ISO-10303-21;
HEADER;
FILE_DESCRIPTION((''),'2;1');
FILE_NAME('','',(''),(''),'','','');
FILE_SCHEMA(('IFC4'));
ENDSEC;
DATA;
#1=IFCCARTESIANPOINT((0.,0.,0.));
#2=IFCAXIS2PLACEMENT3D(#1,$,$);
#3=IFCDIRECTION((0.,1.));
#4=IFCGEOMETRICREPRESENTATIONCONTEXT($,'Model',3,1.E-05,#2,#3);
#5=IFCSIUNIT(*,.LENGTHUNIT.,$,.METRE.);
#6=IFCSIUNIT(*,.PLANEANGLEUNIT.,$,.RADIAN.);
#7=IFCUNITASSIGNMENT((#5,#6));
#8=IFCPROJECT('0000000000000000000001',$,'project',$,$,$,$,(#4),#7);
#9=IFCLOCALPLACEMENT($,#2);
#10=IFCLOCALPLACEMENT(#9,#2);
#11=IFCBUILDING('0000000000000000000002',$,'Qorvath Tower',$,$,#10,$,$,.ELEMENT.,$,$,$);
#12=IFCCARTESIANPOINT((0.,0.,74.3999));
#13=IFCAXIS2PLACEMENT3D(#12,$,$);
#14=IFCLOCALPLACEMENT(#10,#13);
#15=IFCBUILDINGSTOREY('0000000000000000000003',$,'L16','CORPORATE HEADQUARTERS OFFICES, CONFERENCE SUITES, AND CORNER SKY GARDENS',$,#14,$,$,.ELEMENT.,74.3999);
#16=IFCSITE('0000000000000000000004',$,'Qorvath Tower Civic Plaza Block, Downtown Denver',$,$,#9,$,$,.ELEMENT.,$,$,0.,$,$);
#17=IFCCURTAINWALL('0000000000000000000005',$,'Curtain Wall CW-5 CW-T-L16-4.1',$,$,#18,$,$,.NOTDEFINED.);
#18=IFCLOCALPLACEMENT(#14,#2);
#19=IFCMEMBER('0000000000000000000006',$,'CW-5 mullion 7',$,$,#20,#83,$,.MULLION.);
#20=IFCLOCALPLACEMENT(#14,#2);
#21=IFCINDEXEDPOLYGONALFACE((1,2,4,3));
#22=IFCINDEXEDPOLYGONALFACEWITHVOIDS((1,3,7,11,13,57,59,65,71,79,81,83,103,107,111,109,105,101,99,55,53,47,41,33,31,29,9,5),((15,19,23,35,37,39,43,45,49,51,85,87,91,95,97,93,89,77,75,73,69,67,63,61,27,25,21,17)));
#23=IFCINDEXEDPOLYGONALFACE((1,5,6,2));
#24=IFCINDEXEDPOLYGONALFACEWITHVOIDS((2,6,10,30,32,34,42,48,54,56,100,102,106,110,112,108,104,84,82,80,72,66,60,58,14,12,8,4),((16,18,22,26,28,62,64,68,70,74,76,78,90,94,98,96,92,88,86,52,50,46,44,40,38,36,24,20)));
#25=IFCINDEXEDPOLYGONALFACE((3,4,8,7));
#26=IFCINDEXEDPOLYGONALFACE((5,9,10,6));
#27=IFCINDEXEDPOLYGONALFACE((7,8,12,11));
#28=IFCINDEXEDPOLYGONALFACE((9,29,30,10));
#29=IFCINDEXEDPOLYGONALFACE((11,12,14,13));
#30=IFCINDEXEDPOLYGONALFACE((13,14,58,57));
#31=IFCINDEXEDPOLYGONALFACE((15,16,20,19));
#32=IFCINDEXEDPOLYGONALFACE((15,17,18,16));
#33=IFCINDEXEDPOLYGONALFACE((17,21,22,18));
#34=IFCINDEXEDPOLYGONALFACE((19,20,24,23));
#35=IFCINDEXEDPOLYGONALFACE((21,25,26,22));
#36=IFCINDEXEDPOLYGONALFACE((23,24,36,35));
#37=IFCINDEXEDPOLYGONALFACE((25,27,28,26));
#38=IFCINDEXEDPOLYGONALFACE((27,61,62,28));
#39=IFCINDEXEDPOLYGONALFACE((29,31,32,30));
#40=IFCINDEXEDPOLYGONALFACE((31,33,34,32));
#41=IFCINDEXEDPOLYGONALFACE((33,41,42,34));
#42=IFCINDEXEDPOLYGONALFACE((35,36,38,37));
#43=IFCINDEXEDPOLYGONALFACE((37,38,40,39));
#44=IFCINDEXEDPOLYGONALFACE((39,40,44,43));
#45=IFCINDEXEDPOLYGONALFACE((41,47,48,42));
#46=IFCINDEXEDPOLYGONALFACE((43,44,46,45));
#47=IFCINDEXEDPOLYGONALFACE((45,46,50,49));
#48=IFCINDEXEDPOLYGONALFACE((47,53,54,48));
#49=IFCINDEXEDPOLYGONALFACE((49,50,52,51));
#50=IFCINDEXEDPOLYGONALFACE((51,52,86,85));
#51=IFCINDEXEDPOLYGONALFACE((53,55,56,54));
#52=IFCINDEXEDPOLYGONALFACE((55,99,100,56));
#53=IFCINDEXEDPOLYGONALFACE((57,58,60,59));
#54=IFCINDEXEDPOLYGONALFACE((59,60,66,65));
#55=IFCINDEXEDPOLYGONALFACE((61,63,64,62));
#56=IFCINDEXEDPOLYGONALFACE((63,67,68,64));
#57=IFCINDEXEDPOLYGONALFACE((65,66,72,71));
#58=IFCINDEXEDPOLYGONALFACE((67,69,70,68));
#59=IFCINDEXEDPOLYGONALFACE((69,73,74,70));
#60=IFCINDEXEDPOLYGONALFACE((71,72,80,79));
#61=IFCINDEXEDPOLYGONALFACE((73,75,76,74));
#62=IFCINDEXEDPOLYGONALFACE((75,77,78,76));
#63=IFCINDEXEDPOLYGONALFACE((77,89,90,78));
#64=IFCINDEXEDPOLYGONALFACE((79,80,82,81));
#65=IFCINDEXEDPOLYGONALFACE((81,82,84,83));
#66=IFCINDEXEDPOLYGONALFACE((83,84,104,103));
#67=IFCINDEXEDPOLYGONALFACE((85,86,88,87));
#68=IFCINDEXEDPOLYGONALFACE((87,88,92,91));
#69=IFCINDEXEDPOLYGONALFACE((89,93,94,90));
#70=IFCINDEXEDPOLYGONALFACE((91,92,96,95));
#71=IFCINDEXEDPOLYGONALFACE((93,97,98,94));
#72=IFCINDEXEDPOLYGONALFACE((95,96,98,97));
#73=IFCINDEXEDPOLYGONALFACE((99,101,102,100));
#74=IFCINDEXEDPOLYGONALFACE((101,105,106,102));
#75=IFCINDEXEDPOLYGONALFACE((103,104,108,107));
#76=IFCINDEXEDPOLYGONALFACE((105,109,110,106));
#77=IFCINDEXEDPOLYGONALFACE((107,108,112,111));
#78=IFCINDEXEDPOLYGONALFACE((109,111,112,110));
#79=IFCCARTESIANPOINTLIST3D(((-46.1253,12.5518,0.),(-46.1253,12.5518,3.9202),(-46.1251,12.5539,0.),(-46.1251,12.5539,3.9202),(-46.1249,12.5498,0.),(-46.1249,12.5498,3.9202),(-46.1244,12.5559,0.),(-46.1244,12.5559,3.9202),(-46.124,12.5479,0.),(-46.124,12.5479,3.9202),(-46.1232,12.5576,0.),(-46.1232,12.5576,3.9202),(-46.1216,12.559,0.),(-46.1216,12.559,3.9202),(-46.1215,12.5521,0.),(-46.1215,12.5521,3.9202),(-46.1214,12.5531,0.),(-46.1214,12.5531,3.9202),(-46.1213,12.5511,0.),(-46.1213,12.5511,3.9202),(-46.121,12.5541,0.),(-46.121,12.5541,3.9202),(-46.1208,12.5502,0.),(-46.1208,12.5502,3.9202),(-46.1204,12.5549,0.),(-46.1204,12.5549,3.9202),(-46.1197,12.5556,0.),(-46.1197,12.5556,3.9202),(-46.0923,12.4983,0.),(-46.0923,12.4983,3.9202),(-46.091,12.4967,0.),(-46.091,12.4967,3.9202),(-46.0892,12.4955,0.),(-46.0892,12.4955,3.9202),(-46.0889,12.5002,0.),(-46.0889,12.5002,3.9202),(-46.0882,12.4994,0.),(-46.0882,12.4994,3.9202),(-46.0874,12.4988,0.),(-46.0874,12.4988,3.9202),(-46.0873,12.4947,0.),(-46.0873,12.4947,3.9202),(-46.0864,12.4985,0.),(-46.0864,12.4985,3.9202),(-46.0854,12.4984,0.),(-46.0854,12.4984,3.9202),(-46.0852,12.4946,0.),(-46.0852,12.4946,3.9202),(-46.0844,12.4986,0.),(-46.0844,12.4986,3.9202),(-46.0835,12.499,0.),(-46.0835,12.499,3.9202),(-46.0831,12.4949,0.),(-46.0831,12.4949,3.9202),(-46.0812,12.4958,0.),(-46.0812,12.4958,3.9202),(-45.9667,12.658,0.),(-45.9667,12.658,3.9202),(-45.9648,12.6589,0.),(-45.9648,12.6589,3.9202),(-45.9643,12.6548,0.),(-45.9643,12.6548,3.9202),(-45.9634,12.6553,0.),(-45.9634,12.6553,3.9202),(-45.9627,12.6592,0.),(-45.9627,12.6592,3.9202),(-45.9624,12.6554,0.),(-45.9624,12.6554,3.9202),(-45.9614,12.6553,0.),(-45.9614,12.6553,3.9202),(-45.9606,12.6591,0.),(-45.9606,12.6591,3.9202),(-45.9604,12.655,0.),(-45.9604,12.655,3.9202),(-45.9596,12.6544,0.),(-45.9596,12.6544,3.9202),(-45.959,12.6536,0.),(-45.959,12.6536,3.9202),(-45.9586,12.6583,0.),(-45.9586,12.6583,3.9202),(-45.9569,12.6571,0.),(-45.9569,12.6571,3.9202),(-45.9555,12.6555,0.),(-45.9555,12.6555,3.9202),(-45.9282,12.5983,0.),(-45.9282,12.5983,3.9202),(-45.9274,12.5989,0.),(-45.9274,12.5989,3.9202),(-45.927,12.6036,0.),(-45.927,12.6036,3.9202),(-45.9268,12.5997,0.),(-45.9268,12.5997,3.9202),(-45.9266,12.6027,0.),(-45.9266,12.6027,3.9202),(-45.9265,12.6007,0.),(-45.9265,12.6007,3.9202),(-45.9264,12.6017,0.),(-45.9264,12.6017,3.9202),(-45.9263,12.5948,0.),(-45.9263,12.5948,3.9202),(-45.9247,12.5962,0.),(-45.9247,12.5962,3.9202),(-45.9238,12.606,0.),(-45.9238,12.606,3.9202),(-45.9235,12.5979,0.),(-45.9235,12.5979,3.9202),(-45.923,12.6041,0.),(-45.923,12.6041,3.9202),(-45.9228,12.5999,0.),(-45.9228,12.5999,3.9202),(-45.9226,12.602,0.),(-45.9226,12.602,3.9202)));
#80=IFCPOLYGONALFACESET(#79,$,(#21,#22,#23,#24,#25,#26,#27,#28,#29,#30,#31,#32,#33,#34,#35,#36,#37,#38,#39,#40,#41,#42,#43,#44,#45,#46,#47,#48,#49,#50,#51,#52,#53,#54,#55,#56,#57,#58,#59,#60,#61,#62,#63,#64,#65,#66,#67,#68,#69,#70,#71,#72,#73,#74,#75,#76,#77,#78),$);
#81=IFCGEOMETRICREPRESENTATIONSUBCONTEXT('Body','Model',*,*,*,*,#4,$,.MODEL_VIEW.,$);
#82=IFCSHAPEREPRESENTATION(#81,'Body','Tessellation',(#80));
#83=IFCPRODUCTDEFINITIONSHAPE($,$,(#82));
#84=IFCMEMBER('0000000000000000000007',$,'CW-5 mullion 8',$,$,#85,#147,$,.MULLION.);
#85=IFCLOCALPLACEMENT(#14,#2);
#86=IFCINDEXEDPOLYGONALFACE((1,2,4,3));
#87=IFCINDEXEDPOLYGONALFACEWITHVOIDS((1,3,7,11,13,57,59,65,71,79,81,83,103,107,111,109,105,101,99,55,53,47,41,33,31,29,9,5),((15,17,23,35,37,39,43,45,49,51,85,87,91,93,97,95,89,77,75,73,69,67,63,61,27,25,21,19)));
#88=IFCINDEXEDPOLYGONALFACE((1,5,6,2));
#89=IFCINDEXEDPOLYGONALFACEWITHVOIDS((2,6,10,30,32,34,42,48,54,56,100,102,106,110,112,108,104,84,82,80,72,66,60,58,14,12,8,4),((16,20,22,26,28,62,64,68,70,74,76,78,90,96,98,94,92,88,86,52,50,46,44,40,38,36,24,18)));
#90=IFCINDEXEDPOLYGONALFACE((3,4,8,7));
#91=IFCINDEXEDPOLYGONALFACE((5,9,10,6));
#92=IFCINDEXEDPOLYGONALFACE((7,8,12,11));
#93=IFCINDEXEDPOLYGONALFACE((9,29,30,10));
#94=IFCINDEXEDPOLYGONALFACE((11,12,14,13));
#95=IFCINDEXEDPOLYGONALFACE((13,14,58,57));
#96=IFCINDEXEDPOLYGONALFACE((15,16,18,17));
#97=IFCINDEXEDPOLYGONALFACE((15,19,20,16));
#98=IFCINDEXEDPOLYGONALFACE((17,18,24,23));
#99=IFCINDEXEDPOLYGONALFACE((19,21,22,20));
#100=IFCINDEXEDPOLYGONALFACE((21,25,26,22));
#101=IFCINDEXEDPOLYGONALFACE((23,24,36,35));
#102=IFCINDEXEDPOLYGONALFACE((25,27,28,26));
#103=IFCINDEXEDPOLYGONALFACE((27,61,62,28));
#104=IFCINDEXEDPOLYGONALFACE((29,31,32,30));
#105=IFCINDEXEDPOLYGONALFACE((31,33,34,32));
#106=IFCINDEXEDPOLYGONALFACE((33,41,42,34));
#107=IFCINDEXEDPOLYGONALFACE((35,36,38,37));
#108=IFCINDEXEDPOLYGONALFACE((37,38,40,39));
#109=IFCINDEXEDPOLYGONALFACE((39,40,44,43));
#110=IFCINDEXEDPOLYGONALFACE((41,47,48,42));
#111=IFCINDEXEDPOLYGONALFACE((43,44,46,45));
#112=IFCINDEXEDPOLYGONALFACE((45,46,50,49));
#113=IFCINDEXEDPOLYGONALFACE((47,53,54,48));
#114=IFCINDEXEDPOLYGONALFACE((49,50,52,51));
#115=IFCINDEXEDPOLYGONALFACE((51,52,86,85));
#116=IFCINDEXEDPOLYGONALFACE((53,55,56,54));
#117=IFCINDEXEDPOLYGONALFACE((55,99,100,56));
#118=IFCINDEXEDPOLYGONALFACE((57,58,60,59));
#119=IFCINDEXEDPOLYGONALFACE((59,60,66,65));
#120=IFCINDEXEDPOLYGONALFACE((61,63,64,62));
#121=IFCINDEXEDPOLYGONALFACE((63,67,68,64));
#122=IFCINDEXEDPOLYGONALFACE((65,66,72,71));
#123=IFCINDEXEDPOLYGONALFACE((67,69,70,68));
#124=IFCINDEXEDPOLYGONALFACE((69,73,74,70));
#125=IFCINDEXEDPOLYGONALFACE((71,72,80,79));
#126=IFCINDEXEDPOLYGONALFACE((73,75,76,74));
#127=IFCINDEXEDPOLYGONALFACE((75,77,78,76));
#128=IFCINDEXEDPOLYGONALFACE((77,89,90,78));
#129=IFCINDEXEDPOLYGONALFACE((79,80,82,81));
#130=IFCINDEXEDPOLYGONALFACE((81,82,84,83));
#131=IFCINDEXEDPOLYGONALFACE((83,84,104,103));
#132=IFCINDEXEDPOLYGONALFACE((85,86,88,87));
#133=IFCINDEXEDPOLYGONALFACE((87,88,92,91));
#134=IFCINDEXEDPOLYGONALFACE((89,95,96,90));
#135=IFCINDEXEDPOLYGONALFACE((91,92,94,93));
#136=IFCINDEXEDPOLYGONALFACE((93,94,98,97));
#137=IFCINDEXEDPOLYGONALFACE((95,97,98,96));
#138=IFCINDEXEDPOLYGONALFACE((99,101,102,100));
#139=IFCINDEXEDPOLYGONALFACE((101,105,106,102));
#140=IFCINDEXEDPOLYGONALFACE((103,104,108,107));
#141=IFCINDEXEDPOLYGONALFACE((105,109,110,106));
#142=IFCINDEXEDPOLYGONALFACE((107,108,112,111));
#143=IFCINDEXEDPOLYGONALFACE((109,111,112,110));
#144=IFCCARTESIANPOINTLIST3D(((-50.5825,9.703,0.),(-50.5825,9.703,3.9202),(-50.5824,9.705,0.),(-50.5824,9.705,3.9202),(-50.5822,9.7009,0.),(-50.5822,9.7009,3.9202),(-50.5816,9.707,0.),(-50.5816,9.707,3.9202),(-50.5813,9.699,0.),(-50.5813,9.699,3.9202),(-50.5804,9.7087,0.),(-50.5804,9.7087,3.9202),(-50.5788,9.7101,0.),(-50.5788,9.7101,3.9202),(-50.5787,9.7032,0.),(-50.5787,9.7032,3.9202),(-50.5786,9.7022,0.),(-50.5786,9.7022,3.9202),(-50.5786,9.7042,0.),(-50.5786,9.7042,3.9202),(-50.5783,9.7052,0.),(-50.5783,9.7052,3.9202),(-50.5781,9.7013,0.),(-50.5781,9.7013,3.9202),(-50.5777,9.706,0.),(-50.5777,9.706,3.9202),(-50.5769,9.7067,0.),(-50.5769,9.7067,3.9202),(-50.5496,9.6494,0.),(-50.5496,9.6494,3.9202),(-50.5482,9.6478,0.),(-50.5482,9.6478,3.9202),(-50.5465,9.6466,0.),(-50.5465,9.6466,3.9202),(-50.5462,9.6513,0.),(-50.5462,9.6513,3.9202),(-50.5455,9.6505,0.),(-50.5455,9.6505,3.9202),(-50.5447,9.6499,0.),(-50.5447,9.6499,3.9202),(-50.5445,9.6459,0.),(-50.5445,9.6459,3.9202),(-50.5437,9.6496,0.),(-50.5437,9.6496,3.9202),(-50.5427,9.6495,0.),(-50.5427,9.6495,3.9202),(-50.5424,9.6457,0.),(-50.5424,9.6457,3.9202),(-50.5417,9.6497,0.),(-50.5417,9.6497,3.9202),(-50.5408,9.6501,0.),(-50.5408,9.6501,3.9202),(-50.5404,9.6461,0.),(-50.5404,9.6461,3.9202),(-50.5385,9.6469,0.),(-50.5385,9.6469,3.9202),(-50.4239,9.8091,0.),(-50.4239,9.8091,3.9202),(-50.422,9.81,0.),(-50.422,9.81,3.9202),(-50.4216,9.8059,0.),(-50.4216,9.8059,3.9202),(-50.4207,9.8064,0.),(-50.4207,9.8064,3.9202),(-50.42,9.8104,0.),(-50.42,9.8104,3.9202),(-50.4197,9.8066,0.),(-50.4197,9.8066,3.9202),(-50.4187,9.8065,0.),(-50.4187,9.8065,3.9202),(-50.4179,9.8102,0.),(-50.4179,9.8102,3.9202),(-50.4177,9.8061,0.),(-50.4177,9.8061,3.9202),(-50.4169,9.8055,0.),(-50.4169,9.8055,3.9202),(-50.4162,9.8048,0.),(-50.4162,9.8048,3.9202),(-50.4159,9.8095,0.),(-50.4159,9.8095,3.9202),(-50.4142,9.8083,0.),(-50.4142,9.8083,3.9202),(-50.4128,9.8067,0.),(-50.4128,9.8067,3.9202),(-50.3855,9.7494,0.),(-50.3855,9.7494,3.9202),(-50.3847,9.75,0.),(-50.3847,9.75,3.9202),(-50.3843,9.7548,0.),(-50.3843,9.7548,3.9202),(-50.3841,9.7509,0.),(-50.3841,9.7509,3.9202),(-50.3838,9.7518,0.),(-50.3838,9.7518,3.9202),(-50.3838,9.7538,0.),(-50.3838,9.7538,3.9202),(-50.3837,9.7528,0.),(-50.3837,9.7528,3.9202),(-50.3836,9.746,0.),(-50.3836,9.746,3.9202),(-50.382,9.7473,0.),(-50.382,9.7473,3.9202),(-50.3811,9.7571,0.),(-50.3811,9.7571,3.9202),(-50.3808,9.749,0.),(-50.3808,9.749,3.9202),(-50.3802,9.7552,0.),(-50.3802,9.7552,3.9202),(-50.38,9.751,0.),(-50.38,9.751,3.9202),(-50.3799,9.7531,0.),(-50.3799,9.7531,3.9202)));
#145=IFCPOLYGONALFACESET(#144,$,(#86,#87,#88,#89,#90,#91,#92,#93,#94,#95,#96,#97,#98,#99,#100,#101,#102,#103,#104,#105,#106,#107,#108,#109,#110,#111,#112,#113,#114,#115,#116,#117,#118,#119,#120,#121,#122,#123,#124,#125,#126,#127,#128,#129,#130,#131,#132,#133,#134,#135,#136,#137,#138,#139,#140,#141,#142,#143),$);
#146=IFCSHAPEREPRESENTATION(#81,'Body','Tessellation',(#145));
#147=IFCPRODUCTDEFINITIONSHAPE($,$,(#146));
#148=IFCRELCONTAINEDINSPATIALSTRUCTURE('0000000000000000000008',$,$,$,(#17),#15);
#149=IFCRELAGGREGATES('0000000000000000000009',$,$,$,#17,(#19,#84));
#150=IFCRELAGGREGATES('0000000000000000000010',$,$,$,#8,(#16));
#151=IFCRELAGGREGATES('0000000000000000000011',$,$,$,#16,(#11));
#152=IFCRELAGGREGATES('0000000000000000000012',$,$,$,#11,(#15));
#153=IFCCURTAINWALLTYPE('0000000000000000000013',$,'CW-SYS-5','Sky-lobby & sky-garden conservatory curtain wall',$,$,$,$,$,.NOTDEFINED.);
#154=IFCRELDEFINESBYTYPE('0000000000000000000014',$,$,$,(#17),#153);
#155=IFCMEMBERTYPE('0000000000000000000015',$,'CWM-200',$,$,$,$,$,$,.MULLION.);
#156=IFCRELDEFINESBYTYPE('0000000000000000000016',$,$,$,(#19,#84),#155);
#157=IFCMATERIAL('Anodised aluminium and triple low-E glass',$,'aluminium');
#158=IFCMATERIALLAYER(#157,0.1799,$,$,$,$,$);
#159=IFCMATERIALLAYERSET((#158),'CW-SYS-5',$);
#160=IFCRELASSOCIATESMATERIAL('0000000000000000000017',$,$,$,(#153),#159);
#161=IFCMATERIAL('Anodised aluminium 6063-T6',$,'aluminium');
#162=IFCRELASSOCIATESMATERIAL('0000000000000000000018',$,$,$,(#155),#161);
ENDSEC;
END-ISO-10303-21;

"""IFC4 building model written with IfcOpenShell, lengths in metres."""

from ifc_helpers import new_model, si_unit, direction, frame, origin, origin_2d, place, context, subcontext, project, spatial, hollow_rectangle, extrude, material, layer, layer_set, material_profile, profile_set, type_object, element, aggregate, save


model = new_model("IFC4")

# Units and contexts
model_context = context("Model", 3, precision=1e-05, world=origin(), true_north=direction((0.0, 1.0)))
body_context = subcontext(model_context, "Body", "Model", "MODEL_VIEW")
ifc_project = project(units=[si_unit("LENGTHUNIT", "METRE"), si_unit("PLANEANGLEUNIT", "RADIAN")], contexts=[model_context])

# Site, building, storey
site_placement = place(None, origin())
site = spatial("IfcSite", under=ifc_project, at=site_placement, Name="Qorvath Tower Civic Plaza Block, Downtown Denver", CompositionType="ELEMENT", RefElevation=0.0)
building_placement = place(site_placement, origin())
building = spatial("IfcBuilding", under=site, at=building_placement, Name="Qorvath Tower", CompositionType="ELEMENT")
storey_placement = place(building_placement, frame((0.0, 0.0, 74.3999)))
storey = spatial("IfcBuildingStorey", under=building, at=storey_placement, Name="L16", Description="CORPORATE HEADQUARTERS OFFICES, CONFERENCE SUITES, AND CORNER SKY GARDENS", CompositionType="ELEMENT", Elevation=74.3999)

# Curtain wall, members
ifc_material_1 = material(Name="Anodised aluminium and triple low-E glass", Category="aluminium")
ifc_layer_1 = layer(ifc_material_1, 0.1799)
ifc_layer_set_1 = layer_set([ifc_layer_1], Name="CW-SYS-5")
curtain_wall_type = type_object("IfcCurtainWallType", Name="CW-SYS-5", Description="Sky-lobby & sky-garden conservatory curtain wall", PredefinedType="NOTDEFINED", material=ifc_layer_set_1)
curtain_wall_1_placement = place(storey_placement, origin())
curtain_wall_1 = element("IfcCurtainWall", 1, at=curtain_wall_1_placement, inside=storey, type_object=curtain_wall_type, Name="Curtain Wall CW-5 CW-T-L16-4.1", PredefinedType="NOTDEFINED")
ifc_material_2 = material(Name="Anodised aluminium 6063-T6", Category="aluminium")
ifc_material_profile_1 = material_profile(ifc_material_2, hollow_rectangle(XDim=0.075, YDim=0.2, WallThickness=0.0039, InnerFilletRadius=0.0039, OuterFilletRadius=0.0081, at=origin_2d()), Name="CWM 200x75")
ifc_profile_set_1 = profile_set([ifc_material_profile_1], Name="Anodised aluminium 6063-T6")
member_type_1 = type_object("IfcMemberType", Name="CWM-200", PredefinedType="MULLION", material=ifc_profile_set_1)
member_1_placement = place(storey_placement, frame((-46.0239, 12.5769, 0.0), z_axis=(0.0, 0.0, 1.0), x_axis=(0.538533, -0.842604, 0.0)))
member_1 = element("IfcMember", 2, at=member_1_placement, type_object=member_type_1, Name="CW-5 mullion 7", PredefinedType="MULLION", context=body_context, shape_type="SweptSolid", body=[
    extrude(hollow_rectangle(XDim=0.075, YDim=0.2, WallThickness=0.0039, InnerFilletRadius=0.0039, OuterFilletRadius=0.0081, at=origin_2d()), origin(), (0.0, 0.0, 1.0), 3.9202),
])
member_2_placement = place(storey_placement, frame((-50.4812, 9.728, 0.0), z_axis=(0.0, 0.0, 1.0), x_axis=(0.538533, -0.842604, 0.0)))
member_2 = element("IfcMember", 3, at=member_2_placement, type_object=member_type_1, Name="CW-5 mullion 8", PredefinedType="MULLION", context=body_context, shape_type="SweptSolid", body=[
    extrude(hollow_rectangle(XDim=0.075, YDim=0.2, WallThickness=0.0039, InnerFilletRadius=0.0039, OuterFilletRadius=0.0081, at=origin_2d()), origin(), (0.0, 0.0, 1.0), 3.9202),
])

aggregate(curtain_wall_1, [member_1, member_2])

save(model, "model.ifc")
